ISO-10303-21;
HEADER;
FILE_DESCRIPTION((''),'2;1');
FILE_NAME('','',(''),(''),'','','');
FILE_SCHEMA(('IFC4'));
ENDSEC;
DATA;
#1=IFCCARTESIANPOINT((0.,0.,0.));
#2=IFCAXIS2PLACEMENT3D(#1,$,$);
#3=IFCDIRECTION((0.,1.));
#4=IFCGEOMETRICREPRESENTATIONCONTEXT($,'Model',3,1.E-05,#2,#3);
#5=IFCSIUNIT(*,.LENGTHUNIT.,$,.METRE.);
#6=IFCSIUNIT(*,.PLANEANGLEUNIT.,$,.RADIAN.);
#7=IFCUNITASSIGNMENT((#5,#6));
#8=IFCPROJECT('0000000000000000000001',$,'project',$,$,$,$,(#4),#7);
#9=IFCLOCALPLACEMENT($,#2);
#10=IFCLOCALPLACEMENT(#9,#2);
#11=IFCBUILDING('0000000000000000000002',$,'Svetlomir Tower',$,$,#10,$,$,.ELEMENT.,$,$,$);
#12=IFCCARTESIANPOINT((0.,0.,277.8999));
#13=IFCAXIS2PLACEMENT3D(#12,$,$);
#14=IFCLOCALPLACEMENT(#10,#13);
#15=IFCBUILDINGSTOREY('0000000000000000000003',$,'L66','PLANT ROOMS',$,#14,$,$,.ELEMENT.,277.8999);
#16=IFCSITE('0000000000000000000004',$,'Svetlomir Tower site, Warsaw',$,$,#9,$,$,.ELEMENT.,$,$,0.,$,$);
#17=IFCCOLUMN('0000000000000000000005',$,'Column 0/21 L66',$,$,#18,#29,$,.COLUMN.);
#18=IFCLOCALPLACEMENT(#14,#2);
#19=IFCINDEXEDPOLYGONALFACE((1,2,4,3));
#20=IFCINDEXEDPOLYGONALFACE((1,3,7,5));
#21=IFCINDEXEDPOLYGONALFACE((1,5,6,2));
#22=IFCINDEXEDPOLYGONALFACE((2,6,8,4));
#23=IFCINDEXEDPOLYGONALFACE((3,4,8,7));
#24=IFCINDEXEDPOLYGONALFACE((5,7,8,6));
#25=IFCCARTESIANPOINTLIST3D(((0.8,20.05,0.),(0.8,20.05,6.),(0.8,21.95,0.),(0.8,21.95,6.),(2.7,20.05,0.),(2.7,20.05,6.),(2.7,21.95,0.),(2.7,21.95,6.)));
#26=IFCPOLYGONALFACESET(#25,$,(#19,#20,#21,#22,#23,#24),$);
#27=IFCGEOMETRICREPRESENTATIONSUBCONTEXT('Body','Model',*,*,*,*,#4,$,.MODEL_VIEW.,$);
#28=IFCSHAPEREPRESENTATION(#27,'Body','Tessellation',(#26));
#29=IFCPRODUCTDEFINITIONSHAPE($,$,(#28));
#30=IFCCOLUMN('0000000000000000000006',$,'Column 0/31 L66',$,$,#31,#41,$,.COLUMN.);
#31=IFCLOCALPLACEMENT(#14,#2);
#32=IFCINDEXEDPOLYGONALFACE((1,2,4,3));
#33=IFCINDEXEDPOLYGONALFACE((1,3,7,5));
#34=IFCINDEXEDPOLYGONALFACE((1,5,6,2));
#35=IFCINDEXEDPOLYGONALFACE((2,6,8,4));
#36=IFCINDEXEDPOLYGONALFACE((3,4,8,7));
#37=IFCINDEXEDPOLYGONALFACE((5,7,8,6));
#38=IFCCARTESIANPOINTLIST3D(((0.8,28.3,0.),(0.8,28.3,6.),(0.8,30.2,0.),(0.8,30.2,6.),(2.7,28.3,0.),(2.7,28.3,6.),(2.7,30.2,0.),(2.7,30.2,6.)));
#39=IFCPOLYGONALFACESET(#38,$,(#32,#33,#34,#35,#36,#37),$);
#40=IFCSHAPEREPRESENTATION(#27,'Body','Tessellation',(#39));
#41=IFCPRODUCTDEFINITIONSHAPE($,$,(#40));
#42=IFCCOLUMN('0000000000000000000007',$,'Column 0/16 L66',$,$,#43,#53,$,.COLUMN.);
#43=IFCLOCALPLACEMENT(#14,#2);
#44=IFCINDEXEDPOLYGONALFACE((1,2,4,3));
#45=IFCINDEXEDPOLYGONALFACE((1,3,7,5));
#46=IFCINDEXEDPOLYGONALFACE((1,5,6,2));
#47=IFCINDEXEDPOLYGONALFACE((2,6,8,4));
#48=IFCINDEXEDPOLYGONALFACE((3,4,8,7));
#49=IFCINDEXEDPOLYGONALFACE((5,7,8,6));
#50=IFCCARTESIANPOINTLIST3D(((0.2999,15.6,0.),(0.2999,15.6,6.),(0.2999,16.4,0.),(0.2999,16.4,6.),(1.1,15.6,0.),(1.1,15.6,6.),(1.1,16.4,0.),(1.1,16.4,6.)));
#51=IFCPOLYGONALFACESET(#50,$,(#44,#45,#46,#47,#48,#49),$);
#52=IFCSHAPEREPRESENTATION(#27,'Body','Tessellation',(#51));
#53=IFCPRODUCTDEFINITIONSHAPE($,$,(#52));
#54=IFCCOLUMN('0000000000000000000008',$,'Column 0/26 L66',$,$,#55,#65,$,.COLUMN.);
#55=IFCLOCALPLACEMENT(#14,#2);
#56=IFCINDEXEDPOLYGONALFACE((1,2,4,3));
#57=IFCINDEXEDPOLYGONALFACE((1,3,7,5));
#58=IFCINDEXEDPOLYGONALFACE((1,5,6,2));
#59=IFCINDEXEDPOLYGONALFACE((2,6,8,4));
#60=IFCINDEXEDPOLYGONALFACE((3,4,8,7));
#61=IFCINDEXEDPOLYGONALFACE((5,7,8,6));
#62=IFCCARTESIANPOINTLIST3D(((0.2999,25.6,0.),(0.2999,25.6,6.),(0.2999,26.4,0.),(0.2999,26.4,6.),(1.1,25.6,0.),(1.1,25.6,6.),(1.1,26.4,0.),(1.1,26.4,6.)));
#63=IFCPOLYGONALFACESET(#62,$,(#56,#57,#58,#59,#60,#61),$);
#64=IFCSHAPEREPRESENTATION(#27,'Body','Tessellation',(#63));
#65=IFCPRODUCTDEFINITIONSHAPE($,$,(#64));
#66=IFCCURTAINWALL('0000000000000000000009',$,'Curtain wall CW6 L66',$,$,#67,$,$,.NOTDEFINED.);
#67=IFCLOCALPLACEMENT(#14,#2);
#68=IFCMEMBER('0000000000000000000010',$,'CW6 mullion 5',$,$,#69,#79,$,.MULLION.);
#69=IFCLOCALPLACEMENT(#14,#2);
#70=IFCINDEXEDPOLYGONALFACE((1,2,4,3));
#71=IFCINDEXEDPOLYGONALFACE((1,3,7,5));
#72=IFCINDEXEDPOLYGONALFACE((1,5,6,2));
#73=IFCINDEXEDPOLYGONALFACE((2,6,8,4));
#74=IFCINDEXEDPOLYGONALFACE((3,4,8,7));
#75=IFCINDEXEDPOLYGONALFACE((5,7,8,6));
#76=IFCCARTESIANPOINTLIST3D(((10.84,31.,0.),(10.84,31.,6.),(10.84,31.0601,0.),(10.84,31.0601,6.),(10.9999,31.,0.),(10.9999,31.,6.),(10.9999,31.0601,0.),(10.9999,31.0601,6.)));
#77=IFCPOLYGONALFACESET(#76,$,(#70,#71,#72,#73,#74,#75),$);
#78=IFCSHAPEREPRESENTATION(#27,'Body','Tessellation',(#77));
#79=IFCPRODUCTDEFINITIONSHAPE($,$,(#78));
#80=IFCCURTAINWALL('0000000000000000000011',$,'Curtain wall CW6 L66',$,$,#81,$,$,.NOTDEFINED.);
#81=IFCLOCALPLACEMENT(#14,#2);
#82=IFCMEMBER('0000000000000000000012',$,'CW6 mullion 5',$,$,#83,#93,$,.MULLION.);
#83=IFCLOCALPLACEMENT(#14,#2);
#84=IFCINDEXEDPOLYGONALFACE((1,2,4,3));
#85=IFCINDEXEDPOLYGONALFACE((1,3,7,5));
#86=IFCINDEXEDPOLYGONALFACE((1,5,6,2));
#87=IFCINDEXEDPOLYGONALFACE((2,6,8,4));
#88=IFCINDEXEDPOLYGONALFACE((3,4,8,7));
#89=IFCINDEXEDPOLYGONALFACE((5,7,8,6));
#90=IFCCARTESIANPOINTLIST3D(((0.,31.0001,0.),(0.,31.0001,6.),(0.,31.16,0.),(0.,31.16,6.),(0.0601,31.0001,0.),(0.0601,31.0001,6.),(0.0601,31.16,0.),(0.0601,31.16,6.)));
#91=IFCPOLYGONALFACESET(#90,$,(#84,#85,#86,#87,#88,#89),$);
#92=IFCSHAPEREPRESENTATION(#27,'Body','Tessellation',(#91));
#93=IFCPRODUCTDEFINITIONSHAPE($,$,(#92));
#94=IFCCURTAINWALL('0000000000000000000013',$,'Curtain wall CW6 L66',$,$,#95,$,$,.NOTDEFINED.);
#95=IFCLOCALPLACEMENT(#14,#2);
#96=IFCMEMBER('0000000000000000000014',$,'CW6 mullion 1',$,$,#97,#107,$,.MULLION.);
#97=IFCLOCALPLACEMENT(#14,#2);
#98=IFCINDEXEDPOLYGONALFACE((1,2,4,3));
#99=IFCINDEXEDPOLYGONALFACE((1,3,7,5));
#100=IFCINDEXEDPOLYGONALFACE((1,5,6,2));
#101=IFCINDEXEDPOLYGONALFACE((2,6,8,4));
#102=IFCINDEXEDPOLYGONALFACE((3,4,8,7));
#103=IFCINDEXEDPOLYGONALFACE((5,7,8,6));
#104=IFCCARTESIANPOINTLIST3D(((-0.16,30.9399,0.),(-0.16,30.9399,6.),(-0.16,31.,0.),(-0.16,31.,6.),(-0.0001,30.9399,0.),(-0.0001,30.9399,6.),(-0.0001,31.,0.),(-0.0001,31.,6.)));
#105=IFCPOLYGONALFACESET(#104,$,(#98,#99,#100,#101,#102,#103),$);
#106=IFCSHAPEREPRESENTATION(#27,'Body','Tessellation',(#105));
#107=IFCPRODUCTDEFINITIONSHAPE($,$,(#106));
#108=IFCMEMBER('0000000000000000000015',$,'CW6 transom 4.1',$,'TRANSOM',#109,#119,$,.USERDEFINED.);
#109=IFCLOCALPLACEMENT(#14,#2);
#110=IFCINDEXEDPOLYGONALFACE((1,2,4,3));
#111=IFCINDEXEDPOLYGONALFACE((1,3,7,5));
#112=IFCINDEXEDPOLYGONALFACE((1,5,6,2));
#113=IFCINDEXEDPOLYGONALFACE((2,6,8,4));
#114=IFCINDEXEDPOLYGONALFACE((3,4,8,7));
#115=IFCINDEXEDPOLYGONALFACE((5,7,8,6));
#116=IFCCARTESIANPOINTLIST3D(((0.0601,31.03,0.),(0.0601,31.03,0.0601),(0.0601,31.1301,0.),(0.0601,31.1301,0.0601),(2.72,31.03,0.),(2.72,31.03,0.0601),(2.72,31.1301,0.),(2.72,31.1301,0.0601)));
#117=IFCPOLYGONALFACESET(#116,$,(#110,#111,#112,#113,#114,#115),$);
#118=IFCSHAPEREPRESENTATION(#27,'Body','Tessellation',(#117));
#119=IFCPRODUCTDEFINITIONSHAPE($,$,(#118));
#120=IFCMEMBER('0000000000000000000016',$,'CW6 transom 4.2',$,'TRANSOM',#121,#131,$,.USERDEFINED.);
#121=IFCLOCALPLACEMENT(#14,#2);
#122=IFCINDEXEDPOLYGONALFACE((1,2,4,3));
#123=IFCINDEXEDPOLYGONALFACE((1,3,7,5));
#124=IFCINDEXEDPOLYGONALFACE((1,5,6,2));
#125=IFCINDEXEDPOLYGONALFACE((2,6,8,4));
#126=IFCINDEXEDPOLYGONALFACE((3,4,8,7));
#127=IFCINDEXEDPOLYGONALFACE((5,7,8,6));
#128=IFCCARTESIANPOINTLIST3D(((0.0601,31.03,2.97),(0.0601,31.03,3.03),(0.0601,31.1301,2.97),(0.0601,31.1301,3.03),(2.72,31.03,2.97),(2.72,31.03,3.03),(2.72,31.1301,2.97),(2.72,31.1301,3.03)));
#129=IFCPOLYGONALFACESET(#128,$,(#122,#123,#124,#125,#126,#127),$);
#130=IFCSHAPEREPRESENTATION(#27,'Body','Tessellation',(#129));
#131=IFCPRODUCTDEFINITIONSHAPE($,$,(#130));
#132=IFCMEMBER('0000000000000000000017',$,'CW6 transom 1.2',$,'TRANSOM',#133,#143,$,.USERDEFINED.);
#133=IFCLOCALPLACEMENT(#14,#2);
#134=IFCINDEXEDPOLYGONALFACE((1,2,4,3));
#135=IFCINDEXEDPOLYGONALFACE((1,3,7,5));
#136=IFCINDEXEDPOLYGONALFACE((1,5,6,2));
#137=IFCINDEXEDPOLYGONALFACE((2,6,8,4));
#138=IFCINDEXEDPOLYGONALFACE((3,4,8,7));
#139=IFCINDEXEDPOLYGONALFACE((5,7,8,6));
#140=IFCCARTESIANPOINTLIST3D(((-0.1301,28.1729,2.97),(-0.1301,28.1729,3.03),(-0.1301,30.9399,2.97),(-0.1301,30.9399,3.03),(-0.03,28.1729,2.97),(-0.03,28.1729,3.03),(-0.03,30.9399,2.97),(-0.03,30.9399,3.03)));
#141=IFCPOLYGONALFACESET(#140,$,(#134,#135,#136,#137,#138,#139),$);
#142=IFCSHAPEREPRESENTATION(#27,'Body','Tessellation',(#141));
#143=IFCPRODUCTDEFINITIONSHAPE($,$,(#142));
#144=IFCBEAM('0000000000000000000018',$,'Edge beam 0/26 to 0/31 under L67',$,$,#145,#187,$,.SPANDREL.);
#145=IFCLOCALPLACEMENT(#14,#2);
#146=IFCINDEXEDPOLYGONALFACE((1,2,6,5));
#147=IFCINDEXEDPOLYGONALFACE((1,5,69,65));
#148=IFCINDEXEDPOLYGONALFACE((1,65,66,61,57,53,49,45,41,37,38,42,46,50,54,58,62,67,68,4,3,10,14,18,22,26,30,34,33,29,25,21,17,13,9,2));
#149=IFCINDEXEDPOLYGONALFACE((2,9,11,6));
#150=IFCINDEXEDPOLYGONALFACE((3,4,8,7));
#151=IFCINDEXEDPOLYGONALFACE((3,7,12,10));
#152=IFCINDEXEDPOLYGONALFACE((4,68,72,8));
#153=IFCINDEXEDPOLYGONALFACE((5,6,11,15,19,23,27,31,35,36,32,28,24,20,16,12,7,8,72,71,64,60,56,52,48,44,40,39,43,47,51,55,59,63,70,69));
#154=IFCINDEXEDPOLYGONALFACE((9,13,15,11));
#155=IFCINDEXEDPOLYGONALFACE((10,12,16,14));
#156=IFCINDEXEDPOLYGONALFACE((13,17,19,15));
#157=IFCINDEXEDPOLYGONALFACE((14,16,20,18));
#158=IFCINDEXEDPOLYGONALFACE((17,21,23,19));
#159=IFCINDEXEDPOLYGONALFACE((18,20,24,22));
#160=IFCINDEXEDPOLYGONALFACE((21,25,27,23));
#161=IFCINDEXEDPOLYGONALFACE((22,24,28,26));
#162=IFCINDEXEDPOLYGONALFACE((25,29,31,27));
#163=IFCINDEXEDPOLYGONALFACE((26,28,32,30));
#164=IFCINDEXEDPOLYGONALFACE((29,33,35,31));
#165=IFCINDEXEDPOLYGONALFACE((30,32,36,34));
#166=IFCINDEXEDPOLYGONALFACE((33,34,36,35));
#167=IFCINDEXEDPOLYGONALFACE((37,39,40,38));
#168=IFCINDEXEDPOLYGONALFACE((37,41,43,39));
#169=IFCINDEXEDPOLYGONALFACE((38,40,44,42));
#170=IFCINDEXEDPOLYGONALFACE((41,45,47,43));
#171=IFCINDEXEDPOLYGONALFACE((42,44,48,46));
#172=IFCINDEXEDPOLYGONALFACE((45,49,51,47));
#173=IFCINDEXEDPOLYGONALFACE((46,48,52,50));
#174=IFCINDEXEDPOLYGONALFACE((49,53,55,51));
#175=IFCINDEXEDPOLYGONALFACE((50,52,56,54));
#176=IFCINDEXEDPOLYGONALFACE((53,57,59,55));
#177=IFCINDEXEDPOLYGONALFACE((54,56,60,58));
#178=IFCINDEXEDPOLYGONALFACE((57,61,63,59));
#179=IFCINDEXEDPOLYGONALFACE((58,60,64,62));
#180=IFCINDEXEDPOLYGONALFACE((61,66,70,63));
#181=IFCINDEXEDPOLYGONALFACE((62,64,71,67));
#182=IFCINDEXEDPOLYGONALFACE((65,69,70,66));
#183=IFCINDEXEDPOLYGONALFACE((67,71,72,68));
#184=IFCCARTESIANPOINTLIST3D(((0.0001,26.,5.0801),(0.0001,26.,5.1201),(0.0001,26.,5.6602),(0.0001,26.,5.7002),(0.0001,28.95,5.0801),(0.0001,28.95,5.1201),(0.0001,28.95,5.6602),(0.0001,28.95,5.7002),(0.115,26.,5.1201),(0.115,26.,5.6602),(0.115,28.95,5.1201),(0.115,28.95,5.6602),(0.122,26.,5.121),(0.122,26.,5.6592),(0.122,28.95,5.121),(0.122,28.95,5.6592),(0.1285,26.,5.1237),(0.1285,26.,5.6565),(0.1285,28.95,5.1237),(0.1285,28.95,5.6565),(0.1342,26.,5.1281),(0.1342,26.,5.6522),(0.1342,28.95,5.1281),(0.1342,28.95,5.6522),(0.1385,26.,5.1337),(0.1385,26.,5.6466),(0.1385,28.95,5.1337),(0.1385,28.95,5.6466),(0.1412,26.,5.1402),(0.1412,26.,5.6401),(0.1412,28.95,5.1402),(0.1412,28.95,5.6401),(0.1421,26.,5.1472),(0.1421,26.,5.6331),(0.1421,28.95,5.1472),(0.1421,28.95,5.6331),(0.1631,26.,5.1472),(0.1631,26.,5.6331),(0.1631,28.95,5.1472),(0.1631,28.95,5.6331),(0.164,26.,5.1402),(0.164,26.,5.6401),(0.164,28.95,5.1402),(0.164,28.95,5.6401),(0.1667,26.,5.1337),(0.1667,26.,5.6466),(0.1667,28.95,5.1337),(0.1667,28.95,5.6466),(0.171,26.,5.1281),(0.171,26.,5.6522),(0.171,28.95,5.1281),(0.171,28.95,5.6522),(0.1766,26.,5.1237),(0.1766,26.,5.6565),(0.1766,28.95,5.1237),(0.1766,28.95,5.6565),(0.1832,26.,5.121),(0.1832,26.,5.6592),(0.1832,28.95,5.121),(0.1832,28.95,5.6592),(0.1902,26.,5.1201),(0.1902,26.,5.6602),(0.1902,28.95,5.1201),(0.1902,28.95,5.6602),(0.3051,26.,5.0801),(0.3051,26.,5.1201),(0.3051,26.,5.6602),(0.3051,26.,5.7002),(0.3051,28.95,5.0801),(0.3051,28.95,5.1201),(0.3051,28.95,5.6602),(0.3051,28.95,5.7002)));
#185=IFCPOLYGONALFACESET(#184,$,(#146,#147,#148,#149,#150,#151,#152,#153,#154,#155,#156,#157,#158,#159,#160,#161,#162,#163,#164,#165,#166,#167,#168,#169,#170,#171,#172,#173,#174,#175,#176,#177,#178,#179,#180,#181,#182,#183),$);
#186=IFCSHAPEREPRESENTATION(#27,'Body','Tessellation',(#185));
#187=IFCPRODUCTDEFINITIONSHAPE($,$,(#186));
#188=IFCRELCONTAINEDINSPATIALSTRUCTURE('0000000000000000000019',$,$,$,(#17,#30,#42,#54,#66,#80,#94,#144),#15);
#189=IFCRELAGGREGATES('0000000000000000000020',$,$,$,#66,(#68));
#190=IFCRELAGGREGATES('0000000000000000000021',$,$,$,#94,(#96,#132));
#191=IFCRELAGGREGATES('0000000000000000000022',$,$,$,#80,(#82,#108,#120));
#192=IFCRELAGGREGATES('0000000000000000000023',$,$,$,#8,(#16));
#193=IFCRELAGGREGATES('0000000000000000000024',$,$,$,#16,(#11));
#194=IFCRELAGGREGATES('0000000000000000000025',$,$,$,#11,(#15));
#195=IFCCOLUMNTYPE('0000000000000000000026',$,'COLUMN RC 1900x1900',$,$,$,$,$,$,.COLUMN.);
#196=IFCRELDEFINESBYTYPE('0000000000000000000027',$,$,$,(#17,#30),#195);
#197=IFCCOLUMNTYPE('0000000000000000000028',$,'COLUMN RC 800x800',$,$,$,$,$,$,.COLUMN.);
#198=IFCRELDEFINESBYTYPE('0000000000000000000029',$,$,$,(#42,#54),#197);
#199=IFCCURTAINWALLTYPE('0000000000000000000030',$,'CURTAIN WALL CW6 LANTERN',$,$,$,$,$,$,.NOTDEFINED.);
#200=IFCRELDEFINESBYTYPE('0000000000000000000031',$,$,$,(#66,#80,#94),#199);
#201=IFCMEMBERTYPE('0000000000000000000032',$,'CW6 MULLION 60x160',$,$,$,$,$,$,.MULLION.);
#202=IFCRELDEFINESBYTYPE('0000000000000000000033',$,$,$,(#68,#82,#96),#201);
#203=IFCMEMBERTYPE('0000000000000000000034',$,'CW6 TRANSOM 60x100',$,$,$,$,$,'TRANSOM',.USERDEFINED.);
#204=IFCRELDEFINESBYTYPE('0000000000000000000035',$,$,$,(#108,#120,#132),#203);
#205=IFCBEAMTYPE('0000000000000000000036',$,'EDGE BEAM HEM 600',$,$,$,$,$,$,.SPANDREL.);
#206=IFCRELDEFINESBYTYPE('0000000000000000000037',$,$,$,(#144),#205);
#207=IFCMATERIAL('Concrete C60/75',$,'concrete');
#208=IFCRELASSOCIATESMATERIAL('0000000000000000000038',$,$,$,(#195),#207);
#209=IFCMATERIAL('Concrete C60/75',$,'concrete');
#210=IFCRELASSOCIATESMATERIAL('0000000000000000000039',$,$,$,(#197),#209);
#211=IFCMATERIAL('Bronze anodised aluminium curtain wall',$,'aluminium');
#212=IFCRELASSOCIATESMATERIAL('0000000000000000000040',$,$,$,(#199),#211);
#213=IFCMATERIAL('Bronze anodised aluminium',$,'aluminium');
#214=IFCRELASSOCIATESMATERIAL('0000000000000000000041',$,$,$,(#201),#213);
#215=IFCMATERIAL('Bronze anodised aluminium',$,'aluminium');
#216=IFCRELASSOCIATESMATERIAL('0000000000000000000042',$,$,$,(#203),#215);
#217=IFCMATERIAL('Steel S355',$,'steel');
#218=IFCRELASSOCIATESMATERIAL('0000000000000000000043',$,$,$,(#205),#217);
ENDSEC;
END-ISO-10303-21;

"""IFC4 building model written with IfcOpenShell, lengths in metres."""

from ifc_helpers import new_model, si_unit, direction, frame, origin, origin_2d, place, context, subcontext, project, spatial, rectangle, i_section, extrude, material, material_profile, profile_set, type_object, element, aggregate, save


model = new_model("IFC4")

# Units and contexts
model_context = context("Model", 3, precision=1e-05, world=origin(), true_north=direction((0.0, 1.0)))
body_context = subcontext(model_context, "Body", "Model", "MODEL_VIEW")
ifc_project = project(units=[si_unit("LENGTHUNIT", "METRE"), si_unit("PLANEANGLEUNIT", "RADIAN")], contexts=[model_context])

# Site, building, storey
site_placement = place(None, origin())
site = spatial("IfcSite", under=ifc_project, at=site_placement, Name="Svetlomir Tower site, Warsaw", CompositionType="ELEMENT", RefElevation=0.0)
building_placement = place(site_placement, origin())
building = spatial("IfcBuilding", under=site, at=building_placement, Name="Svetlomir Tower", CompositionType="ELEMENT")
storey_placement = place(building_placement, frame((0.0, 0.0, 277.8999)))
storey = spatial("IfcBuildingStorey", under=building, at=storey_placement, Name="L66", Description="PLANT ROOMS", CompositionType="ELEMENT", Elevation=277.8999)

# Columns
ifc_material_1 = material(Name="Concrete C60/75", Category="concrete")
ifc_material_profile_1 = material_profile(ifc_material_1, rectangle(XDim=1.8999, YDim=1.8999, at=origin_2d()), Name="RC 1900x1900")
ifc_profile_set_1 = profile_set([ifc_material_profile_1], Name="Concrete C60/75")
column_type_1 = type_object("IfcColumnType", Name="COLUMN RC 1900x1900", PredefinedType="COLUMN", material=ifc_profile_set_1)
for number, where, z_axis, x_axis, name in (
    (1, (1.75, 21.0, 0.0), (0.0, 0.0, 1.0), (1.0, 0.0, 0.0), "Column 0/21 L66"),
    (2, (1.75, 29.25, 0.0), (0.0, 0.0, 1.0), (1.0, 0.0, 0.0), "Column 0/31 L66"),
):
    element("IfcColumn", number, at=place(storey_placement, frame(where, z_axis=z_axis, x_axis=x_axis)), inside=storey, type_object=column_type_1, Name=name, PredefinedType="COLUMN", context=body_context, shape_type="SweptSolid", body=[
        extrude(rectangle(XDim=1.8999, YDim=1.8999, at=origin_2d()), origin(), (0.0, 0.0, 1.0), 6.0),
    ])
ifc_material_2 = material(Name="Concrete C60/75", Category="concrete")
ifc_material_profile_2 = material_profile(ifc_material_2, rectangle(XDim=0.8, YDim=0.8, at=origin_2d()), Name="RC 800x800")
ifc_profile_set_2 = profile_set([ifc_material_profile_2], Name="Concrete C60/75")
column_type_2 = type_object("IfcColumnType", Name="COLUMN RC 800x800", PredefinedType="COLUMN", material=ifc_profile_set_2)
for number, where, z_axis, x_axis, name in (
    (3, (0.7, 16.0, 0.0), (0.0, 0.0, 1.0), (1.0, 0.0, 0.0), "Column 0/16 L66"),
    (4, (0.7, 26.0, 0.0), (0.0, 0.0, 1.0), (1.0, 0.0, 0.0), "Column 0/26 L66"),
):
    element("IfcColumn", number, at=place(storey_placement, frame(where, z_axis=z_axis, x_axis=x_axis)), inside=storey, type_object=column_type_2, Name=name, PredefinedType="COLUMN", context=body_context, shape_type="SweptSolid", body=[
        extrude(rectangle(XDim=0.8, YDim=0.8, at=origin_2d()), origin(), (0.0, 0.0, 1.0), 6.0),
    ])

# Curtain walls, members
ifc_material_3 = material(Name="Bronze anodised aluminium curtain wall", Category="aluminium")
curtain_wall_type = type_object("IfcCurtainWallType", Name="CURTAIN WALL CW6 LANTERN", PredefinedType="NOTDEFINED", material=ifc_material_3)
curtain_wall_1_placement = place(storey_placement, origin())
curtain_wall_1 = element("IfcCurtainWall", 5, at=curtain_wall_1_placement, inside=storey, type_object=curtain_wall_type, Name="Curtain wall CW6 L66", PredefinedType="NOTDEFINED")
ifc_material_4 = material(Name="Bronze anodised aluminium", Category="aluminium")
ifc_material_profile_3 = material_profile(ifc_material_4, rectangle(XDim=0.0601, YDim=0.1599, at=origin_2d()), Name="AL 60x160")
ifc_profile_set_3 = profile_set([ifc_material_profile_3], Name="Bronze anodised aluminium 6063-T6")
member_type_1 = type_object("IfcMemberType", Name="CW6 MULLION 60x160", PredefinedType="MULLION", material=ifc_profile_set_3)
member_1_placement = place(storey_placement, frame((10.9199, 31.03, 0.0), z_axis=(0.0, 0.0, 1.0), x_axis=(0.0, -1.0, 0.0)))
member_1 = element("IfcMember", 6, at=member_1_placement, type_object=member_type_1, Name="CW6 mullion 5", PredefinedType="MULLION", context=body_context, shape_type="SweptSolid", body=[
    extrude(rectangle(XDim=0.0601, YDim=0.1599, at=origin_2d()), origin(), (0.0, 0.0, 1.0), 6.0),
])
aggregate(curtain_wall_1, [member_1])
curtain_wall_2_placement = place(storey_placement, origin())
curtain_wall_2 = element("IfcCurtainWall", 7, at=curtain_wall_2_placement, inside=storey, type_object=curtain_wall_type, Name="Curtain wall CW6 L66", PredefinedType="NOTDEFINED")
member_2_placement = place(storey_placement, frame((0.03, 31.0801, 0.0), z_axis=(0.0, 0.0, 1.0), x_axis=(-1.0, 0.0, 0.0)))
member_2 = element("IfcMember", 8, at=member_2_placement, type_object=member_type_1, Name="CW6 mullion 5", PredefinedType="MULLION", context=body_context, shape_type="SweptSolid", body=[
    extrude(rectangle(XDim=0.0601, YDim=0.1599, at=origin_2d()), origin(), (0.0, 0.0, 1.0), 6.0),
])
curtain_wall_3_placement = place(storey_placement, origin())
curtain_wall_3 = element("IfcCurtainWall", 9, at=curtain_wall_3_placement, inside=storey, type_object=curtain_wall_type, Name="Curtain wall CW6 L66", PredefinedType="NOTDEFINED")
member_3_placement = place(storey_placement, frame((-0.0801, 30.97, 0.0), z_axis=(0.0, 0.0, 1.0), x_axis=(0.0, -1.0, 0.0)))
member_3 = element("IfcMember", 10, at=member_3_placement, type_object=member_type_1, Name="CW6 mullion 1", PredefinedType="MULLION", context=body_context, shape_type="SweptSolid", body=[
    extrude(rectangle(XDim=0.0601, YDim=0.1599, at=origin_2d()), origin(), (0.0, 0.0, 1.0), 6.0),
])

# Members
ifc_material_5 = material(Name="Bronze anodised aluminium", Category="aluminium")
ifc_material_profile_4 = material_profile(ifc_material_5, rectangle(XDim=0.1001, YDim=0.0601, at=origin_2d()), Name="AL 100x60")
ifc_profile_set_4 = profile_set([ifc_material_profile_4], Name="Bronze anodised aluminium 6063-T6")
member_type_2 = type_object("IfcMemberType", Name="CW6 TRANSOM 60x100", ElementType="TRANSOM", PredefinedType="USERDEFINED", material=ifc_profile_set_4)
member_4_placement = place(storey_placement, frame((2.72, 31.0801, 0.03), z_axis=(-1.0, 0.0, 0.0), x_axis=(0.0, -1.0, 0.0)))
member_4 = element("IfcMember", 11, at=member_4_placement, type_object=member_type_2, Name="CW6 transom 4.1", ObjectType="TRANSOM", PredefinedType="USERDEFINED", context=body_context, shape_type="SweptSolid", body=[
    extrude(rectangle(XDim=0.1001, YDim=0.0601, at=origin_2d()), origin(), (0.0, 0.0, 1.0), 2.6599),
])
member_5_placement = place(storey_placement, frame((2.72, 31.0801, 3.0), z_axis=(-1.0, 0.0, 0.0), x_axis=(0.0, -1.0, 0.0)))
member_5 = element("IfcMember", 12, at=member_5_placement, type_object=member_type_2, Name="CW6 transom 4.2", ObjectType="TRANSOM", PredefinedType="USERDEFINED", context=body_context, shape_type="SweptSolid", body=[
    extrude(rectangle(XDim=0.1001, YDim=0.0601, at=origin_2d()), origin(), (0.0, 0.0, 1.0), 2.6599),
])
member_6_placement = place(storey_placement, frame((-0.0801, 30.9399, 3.0), z_axis=(0.0, -1.0, 0.0), x_axis=(1.0, 0.0, 0.0)))
member_6 = element("IfcMember", 13, at=member_6_placement, type_object=member_type_2, Name="CW6 transom 1.2", ObjectType="TRANSOM", PredefinedType="USERDEFINED", context=body_context, shape_type="SweptSolid", body=[
    extrude(rectangle(XDim=0.1001, YDim=0.0601, at=origin_2d()), origin(), (0.0, 0.0, 1.0), 2.7671),
])
aggregate(curtain_wall_3, [member_3, member_6])

# Beam
ifc_material_6 = material(Name="Steel S355", Category="steel")
ifc_material_profile_5 = material_profile(ifc_material_6, i_section(OverallWidth=0.3049, OverallDepth=0.6201, WebThickness=0.021, FlangeThickness=0.04, FilletRadius=0.0271, at=origin_2d()), Name="HEM 600")
ifc_profile_set_5 = profile_set([ifc_material_profile_5], Name="Steel S355")
beam_type_1 = type_object("IfcBeamType", Name="EDGE BEAM HEM 600", PredefinedType="SPANDREL", material=ifc_profile_set_5)
beam_1_placement = place(storey_placement, frame((0.1526, 26.0, 5.3901), z_axis=(0.0, 1.0, 0.0), x_axis=(-1.0, 0.0, 0.0)))
element("IfcBeam", 14, at=beam_1_placement, inside=storey, type_object=beam_type_1, Name="Edge beam 0/26 to 0/31 under L67", PredefinedType="SPANDREL", context=body_context, shape_type="SweptSolid", body=[
    extrude(i_section(OverallWidth=0.3049, OverallDepth=0.6201, WebThickness=0.021, FlangeThickness=0.04, FilletRadius=0.0271, at=origin_2d()), origin(), (0.0, 0.0, 1.0), 2.95),
])

aggregate(curtain_wall_2, [member_2, member_4, member_5])

save(model, "model.ifc")
